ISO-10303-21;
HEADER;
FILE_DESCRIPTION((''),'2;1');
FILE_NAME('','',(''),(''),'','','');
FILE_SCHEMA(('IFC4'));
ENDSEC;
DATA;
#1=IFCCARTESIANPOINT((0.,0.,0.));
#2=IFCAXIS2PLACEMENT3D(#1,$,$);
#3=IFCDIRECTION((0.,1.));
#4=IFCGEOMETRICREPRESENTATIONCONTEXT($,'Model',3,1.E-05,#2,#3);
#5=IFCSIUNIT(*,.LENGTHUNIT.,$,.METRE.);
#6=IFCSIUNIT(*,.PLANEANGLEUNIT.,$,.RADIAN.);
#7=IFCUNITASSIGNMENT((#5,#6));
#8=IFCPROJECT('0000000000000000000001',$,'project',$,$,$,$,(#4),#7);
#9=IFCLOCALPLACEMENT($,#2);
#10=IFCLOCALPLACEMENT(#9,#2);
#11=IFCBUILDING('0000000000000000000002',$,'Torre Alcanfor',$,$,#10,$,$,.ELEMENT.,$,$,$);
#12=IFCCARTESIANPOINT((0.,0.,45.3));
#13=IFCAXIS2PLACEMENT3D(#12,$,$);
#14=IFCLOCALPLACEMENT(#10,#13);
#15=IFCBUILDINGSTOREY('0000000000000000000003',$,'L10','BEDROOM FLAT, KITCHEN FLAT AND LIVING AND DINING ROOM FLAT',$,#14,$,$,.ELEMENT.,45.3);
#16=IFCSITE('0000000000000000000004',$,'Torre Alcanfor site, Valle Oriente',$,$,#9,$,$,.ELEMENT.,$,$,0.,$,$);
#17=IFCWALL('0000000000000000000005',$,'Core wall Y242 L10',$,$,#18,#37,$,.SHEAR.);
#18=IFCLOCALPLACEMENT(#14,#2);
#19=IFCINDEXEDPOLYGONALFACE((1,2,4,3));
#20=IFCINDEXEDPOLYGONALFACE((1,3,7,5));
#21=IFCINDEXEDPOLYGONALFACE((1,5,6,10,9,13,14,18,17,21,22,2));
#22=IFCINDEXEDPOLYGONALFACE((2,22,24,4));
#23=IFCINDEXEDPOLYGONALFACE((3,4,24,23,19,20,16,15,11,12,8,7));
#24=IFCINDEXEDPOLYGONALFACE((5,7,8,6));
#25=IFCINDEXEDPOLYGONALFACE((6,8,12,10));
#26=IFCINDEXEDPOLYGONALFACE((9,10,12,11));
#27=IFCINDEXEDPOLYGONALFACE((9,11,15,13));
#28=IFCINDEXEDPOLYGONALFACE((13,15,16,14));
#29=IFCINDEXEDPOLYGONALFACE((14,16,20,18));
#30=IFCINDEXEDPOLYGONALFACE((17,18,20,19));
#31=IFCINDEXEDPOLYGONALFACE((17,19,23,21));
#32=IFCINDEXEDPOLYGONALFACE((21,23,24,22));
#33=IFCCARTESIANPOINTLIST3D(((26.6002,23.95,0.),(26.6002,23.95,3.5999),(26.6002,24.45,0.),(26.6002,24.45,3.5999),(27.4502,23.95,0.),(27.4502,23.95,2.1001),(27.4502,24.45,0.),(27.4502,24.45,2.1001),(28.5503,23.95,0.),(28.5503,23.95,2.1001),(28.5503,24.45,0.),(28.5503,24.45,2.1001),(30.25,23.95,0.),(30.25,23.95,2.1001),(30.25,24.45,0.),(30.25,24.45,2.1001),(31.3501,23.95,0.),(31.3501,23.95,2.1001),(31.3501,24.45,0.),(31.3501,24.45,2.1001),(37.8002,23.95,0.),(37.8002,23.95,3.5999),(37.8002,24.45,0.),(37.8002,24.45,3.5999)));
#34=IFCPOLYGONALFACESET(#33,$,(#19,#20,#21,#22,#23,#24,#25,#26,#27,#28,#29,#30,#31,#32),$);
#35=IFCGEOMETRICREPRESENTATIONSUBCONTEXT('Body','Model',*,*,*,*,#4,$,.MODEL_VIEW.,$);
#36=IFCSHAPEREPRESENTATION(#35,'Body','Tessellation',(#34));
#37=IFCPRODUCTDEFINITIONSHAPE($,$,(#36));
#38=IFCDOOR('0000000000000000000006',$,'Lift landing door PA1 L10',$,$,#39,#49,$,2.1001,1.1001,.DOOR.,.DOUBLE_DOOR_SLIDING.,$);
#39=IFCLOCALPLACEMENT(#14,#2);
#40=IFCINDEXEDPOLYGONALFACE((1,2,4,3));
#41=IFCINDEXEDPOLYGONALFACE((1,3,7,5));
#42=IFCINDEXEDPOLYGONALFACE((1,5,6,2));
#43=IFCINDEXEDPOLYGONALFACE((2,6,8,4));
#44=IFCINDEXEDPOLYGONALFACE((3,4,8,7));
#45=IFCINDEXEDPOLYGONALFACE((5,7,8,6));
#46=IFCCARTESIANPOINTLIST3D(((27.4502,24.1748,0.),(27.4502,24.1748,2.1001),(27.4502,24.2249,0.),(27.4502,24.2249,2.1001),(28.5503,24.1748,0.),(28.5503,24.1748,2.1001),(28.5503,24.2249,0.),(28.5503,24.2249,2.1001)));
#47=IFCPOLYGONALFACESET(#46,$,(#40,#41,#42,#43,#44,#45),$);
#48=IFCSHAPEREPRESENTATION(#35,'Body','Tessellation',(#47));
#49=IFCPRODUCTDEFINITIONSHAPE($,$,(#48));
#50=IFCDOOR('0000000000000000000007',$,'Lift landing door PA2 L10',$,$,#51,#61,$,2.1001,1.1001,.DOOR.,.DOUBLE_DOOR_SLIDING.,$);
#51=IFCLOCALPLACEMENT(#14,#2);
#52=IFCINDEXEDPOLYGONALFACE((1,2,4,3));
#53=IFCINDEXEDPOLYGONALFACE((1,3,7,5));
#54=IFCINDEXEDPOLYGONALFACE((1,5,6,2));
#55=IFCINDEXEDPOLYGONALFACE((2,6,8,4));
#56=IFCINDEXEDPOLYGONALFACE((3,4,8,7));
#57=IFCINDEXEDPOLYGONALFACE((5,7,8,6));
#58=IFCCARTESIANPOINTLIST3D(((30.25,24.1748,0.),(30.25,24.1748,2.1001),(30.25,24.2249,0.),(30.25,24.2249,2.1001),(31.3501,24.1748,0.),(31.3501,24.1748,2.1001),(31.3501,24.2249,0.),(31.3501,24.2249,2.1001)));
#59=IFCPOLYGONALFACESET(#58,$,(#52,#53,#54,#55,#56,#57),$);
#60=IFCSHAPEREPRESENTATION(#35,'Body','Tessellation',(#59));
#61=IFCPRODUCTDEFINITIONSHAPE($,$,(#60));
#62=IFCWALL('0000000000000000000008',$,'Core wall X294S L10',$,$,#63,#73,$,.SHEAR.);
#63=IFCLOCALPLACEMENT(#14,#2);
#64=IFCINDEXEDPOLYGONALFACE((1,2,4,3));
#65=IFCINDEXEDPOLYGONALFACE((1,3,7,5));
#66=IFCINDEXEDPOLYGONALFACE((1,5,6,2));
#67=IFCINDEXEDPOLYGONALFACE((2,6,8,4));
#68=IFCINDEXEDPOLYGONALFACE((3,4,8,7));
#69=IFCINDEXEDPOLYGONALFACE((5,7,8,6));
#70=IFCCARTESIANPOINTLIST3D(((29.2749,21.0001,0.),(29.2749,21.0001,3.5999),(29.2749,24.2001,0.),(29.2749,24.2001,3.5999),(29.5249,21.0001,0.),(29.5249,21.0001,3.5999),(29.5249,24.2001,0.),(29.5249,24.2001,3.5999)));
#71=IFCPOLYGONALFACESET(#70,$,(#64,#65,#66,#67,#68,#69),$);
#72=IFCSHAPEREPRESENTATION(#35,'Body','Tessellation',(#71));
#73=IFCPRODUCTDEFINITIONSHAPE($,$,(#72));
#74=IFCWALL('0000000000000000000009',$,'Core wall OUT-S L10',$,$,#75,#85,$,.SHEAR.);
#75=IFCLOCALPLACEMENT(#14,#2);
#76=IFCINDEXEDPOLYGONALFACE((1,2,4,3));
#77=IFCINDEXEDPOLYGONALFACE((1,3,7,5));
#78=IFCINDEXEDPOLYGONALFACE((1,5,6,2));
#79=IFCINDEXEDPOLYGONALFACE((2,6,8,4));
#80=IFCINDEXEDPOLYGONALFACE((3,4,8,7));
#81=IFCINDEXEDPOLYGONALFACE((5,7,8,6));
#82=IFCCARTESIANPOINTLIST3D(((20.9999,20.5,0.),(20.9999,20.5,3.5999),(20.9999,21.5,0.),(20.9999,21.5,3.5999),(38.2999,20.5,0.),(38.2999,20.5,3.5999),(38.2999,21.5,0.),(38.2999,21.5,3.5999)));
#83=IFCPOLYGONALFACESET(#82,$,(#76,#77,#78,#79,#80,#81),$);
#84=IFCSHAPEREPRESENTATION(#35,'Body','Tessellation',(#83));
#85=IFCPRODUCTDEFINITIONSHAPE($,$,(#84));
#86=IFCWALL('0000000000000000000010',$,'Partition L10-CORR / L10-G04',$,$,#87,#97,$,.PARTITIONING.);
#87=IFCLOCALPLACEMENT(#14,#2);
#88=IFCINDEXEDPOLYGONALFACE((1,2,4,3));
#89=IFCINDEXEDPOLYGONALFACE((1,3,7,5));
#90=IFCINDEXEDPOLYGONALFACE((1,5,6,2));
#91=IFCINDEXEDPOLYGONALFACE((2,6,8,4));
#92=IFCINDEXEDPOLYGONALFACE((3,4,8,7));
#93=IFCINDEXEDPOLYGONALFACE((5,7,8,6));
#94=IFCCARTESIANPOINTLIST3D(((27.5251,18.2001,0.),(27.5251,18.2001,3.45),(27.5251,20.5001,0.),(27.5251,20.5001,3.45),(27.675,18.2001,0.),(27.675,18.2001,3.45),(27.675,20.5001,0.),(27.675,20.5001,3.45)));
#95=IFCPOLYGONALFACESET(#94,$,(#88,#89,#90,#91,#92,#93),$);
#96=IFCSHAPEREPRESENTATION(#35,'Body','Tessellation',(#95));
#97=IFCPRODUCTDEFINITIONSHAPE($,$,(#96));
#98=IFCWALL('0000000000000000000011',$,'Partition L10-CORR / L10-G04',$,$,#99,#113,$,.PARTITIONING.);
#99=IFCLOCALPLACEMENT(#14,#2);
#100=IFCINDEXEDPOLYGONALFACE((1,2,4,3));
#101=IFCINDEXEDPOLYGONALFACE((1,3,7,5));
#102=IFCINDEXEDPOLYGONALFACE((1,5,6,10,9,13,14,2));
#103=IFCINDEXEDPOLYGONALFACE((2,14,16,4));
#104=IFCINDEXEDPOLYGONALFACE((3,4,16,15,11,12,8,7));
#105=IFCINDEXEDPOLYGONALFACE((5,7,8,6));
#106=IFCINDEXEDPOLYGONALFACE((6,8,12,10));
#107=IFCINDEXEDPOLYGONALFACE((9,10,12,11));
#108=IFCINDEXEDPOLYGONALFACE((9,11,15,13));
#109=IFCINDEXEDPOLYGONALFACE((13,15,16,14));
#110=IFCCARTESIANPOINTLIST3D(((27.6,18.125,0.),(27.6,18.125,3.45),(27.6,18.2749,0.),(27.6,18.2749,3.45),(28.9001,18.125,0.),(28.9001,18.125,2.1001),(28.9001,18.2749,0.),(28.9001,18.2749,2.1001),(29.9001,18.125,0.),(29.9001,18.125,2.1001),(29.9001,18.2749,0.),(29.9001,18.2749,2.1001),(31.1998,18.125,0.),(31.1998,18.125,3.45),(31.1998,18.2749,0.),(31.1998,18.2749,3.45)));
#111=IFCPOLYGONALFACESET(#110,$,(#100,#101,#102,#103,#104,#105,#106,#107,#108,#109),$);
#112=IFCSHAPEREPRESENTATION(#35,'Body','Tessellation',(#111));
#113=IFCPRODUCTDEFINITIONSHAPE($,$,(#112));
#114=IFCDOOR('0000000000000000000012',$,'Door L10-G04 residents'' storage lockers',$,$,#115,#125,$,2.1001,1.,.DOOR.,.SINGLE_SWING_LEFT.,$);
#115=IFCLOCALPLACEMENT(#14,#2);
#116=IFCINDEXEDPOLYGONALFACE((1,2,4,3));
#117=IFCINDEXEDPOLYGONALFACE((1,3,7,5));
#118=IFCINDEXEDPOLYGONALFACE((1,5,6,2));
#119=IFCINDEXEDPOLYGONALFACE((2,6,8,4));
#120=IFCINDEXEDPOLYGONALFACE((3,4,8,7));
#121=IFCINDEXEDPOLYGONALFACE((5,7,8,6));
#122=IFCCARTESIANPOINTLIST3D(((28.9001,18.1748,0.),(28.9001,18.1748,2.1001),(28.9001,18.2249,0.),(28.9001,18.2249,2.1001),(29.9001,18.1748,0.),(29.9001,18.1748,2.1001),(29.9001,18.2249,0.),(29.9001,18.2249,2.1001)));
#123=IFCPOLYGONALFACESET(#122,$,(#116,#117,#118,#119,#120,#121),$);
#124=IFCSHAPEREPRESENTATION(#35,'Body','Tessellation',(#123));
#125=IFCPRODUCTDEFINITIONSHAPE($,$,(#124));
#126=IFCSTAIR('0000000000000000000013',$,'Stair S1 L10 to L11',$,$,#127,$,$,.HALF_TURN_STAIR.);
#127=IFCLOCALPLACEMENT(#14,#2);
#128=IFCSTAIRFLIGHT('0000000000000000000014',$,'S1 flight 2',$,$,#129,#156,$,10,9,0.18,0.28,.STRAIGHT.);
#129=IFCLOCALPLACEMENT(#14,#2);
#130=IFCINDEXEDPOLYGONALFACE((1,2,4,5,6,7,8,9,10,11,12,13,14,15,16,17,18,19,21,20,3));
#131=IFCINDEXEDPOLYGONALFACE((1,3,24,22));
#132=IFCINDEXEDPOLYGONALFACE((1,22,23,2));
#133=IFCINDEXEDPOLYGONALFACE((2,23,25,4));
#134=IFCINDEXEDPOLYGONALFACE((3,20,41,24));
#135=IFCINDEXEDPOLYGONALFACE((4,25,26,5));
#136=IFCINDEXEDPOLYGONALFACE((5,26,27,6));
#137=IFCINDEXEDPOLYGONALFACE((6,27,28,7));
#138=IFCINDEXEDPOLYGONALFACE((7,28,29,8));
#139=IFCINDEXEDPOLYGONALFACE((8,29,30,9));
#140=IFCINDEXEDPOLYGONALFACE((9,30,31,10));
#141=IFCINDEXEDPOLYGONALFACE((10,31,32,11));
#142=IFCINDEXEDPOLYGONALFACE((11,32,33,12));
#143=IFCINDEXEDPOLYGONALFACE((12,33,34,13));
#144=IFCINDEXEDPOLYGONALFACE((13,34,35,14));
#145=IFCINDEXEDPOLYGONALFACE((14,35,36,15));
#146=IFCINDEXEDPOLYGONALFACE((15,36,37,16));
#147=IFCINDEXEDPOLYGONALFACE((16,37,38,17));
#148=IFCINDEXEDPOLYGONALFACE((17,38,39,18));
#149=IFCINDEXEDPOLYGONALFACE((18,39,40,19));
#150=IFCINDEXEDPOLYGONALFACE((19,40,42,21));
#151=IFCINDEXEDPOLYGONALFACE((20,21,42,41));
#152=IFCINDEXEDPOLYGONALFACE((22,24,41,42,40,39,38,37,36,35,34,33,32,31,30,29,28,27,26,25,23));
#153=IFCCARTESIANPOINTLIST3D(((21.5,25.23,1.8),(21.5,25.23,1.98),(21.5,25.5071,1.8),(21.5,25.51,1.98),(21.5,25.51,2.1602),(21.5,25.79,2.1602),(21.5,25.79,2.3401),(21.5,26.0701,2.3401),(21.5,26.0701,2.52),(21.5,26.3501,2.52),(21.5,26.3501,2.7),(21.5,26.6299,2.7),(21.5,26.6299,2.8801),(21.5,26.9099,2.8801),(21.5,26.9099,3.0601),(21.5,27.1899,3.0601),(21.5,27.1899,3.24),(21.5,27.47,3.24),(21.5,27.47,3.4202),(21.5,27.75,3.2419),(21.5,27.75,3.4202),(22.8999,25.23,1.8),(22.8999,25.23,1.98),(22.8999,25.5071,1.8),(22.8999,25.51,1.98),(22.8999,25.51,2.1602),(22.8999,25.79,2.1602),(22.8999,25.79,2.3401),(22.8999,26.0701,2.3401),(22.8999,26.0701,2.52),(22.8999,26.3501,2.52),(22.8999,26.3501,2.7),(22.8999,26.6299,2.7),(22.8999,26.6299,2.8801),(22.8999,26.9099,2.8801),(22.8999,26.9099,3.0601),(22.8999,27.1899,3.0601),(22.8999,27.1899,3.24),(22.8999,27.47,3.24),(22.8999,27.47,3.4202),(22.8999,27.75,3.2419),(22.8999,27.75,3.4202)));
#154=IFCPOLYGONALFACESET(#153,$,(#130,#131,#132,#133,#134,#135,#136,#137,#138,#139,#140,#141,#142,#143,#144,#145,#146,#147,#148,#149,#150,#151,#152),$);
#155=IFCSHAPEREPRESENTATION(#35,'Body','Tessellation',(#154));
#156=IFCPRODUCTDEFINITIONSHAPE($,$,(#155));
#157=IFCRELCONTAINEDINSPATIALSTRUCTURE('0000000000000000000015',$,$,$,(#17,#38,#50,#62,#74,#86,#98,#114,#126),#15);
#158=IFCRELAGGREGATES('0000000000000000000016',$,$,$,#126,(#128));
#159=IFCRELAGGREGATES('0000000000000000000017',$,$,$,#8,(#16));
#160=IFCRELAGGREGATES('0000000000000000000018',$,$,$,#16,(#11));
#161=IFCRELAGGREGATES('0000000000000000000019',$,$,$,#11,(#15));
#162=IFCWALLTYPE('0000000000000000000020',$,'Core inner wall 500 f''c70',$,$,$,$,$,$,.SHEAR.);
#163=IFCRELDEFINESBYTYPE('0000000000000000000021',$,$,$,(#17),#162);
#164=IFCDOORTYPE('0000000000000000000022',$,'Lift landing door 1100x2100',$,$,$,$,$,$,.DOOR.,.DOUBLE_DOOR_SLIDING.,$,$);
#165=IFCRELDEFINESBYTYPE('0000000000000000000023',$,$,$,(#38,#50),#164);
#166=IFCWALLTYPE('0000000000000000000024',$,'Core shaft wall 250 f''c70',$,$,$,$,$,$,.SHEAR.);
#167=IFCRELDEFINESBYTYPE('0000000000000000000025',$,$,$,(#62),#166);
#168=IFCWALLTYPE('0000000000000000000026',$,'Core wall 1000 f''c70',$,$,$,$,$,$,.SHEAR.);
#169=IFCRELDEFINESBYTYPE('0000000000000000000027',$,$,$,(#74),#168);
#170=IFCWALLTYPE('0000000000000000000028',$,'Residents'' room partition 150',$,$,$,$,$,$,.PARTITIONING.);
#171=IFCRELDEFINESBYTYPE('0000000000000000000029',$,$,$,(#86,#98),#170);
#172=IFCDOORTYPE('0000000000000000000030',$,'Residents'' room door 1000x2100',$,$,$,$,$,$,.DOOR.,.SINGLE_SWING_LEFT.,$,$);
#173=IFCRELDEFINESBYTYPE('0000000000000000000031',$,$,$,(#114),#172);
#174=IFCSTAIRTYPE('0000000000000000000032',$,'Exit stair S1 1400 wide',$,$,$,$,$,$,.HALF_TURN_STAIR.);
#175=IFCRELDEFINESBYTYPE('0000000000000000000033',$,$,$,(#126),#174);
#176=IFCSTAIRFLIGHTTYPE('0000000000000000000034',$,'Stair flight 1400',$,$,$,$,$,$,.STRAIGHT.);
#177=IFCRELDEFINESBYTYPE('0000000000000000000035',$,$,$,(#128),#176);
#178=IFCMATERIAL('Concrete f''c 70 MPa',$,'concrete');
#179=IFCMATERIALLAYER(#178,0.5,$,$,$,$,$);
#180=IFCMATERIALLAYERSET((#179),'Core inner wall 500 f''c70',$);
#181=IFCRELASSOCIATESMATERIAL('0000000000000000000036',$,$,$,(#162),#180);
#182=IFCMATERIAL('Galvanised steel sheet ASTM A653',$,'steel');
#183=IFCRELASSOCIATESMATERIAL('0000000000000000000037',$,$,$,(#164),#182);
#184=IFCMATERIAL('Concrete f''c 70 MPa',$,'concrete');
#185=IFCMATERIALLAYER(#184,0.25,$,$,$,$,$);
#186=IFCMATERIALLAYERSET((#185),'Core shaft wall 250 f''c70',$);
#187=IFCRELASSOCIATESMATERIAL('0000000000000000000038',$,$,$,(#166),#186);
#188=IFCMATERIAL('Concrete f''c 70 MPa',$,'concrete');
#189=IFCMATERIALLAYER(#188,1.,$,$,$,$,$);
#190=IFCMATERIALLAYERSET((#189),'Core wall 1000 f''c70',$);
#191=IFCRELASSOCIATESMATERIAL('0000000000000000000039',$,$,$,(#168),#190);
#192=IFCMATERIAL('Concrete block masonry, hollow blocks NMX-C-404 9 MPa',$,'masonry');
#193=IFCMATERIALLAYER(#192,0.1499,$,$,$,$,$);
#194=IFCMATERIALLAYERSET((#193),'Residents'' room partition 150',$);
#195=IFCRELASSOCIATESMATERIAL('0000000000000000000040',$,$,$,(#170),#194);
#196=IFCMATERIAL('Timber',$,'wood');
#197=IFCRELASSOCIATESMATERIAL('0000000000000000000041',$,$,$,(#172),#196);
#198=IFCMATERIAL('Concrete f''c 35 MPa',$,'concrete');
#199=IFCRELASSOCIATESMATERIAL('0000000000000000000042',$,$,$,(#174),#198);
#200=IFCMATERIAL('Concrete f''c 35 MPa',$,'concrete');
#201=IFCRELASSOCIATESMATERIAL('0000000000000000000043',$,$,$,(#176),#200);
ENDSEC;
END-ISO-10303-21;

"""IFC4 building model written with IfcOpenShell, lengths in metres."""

from ifc_helpers import new_model, si_unit, direction, frame, frame_2d, origin, place, context, subcontext, project, spatial, polyline, rectangle, outline, extrude, material, layer, layer_set, type_object, element, fill, aggregate, save


model = new_model("IFC4")

# Units and contexts
model_context = context("Model", 3, precision=1e-05, world=origin(), true_north=direction((0.0, 1.0)))
body_context = subcontext(model_context, "Body", "Model", "MODEL_VIEW")
ifc_project = project(units=[si_unit("LENGTHUNIT", "METRE"), si_unit("PLANEANGLEUNIT", "RADIAN")], contexts=[model_context])

# Site, building, storey
site_placement = place(None, origin())
site = spatial("IfcSite", under=ifc_project, at=site_placement, Name="Torre Alcanfor site, Valle Oriente", CompositionType="ELEMENT", RefElevation=0.0)
building_placement = place(site_placement, origin())
building = spatial("IfcBuilding", under=site, at=building_placement, Name="Torre Alcanfor", CompositionType="ELEMENT")
storey_placement = place(building_placement, frame((0.0, 0.0, 45.3)))
storey = spatial("IfcBuildingStorey", under=building, at=storey_placement, Name="L10", Description="BEDROOM FLAT, KITCHEN FLAT AND LIVING AND DINING ROOM FLAT", CompositionType="ELEMENT", Elevation=45.3)

# Shared definitions
ifc_material_1 = material(Name="Concrete f'c 70 MPa", Category="concrete")
ifc_layer_1 = layer(ifc_material_1, 0.5)
ifc_layer_set_1 = layer_set([ifc_layer_1], Name="Core inner wall 500 f'c70")
wall_type_1 = type_object("IfcWallType", Name="Core inner wall 500 f'c70", PredefinedType="SHEAR", material=ifc_layer_set_1)

# Wall, openings, doors
wall_1_placement = place(storey_placement, frame((26.6001, 24.2, 0.0), z_axis=(0.0, 0.0, 1.0), x_axis=(1.0, 0.0, 0.0)))
wall_1 = element("IfcWall", 1, at=wall_1_placement, inside=storey, type_object=wall_type_1, Name="Core wall Y242 L10", PredefinedType="SHEAR", context=body_context, shape_type="SweptSolid", body=[
    extrude(rectangle(XDim=11.2, YDim=0.5, at=frame_2d((5.6001, 0.0))), origin(), (0.0, 0.0, 1.0), 3.5999),
])
opening_1_placement = place(wall_1_placement, frame((0.8501, 0.0, 0.0)))
opening_1 = element("IfcOpeningElement", 2, at=opening_1_placement, cuts=wall_1, PredefinedType="OPENING", context=body_context, shape_type="SweptSolid", body=[
    extrude(rectangle(XDim=1.1001, YDim=2.1001, at=frame_2d((0.55, 1.05))), frame((0.0, 0.26, 0.0), z_axis=(0.0, -1.0, 0.0), x_axis=(1.0, 0.0, 0.0)), (0.0, 0.0, 1.0), 0.52),
])
opening_2_placement = place(wall_1_placement, frame((3.6499, 0.0, 0.0)))
opening_2 = element("IfcOpeningElement", 3, at=opening_2_placement, cuts=wall_1, PredefinedType="OPENING", context=body_context, shape_type="SweptSolid", body=[
    extrude(rectangle(XDim=1.1001, YDim=2.1001, at=frame_2d((0.55, 1.05))), frame((0.0, 0.26, 0.0), z_axis=(0.0, -1.0, 0.0), x_axis=(1.0, 0.0, 0.0)), (0.0, 0.0, 1.0), 0.52),
])
ifc_material_2 = material(Name="Galvanised steel sheet ASTM A653", Category="steel")
door_type_1 = type_object("IfcDoorType", Name="Lift landing door 1100x2100", OperationType="DOUBLE_DOOR_SLIDING", PredefinedType="DOOR", material=ifc_material_2)
door_1_placement = place(opening_1_placement, origin())
door_1 = element("IfcDoor", 4, at=door_1_placement, inside=storey, type_object=door_type_1, Name="Lift landing door PA1 L10", OperationType="DOUBLE_DOOR_SLIDING", OverallHeight=2.1001, OverallWidth=1.1001, PredefinedType="DOOR", context=body_context, shape_type="SweptSolid", body=[
    extrude(rectangle(XDim=1.1001, YDim=2.1001, at=frame_2d((0.55, 1.05))), frame((0.0, 0.0249, 0.0), z_axis=(0.0, -1.0, 0.0), x_axis=(1.0, 0.0, 0.0)), (0.0, 0.0, 1.0), 0.05),
])
fill(opening_1, door_1)
door_2_placement = place(opening_2_placement, origin())
door_2 = element("IfcDoor", 5, at=door_2_placement, inside=storey, type_object=door_type_1, Name="Lift landing door PA2 L10", OperationType="DOUBLE_DOOR_SLIDING", OverallHeight=2.1001, OverallWidth=1.1001, PredefinedType="DOOR", context=body_context, shape_type="SweptSolid", body=[
    extrude(rectangle(XDim=1.1001, YDim=2.1001, at=frame_2d((0.55, 1.05))), frame((0.0, 0.0249, 0.0), z_axis=(0.0, -1.0, 0.0), x_axis=(1.0, 0.0, 0.0)), (0.0, 0.0, 1.0), 0.05),
])
fill(opening_2, door_2)

# Walls
ifc_material_3 = material(Name="Concrete f'c 70 MPa", Category="concrete")
ifc_layer_2 = layer(ifc_material_3, 0.25)
ifc_layer_set_2 = layer_set([ifc_layer_2], Name="Core shaft wall 250 f'c70")
wall_type_2 = type_object("IfcWallType", Name="Core shaft wall 250 f'c70", PredefinedType="SHEAR", material=ifc_layer_set_2)
wall_2_placement = place(storey_placement, frame((29.3999, 21.0, 0.0), z_axis=(0.0, 0.0, 1.0), x_axis=(0.0, 1.0, 0.0)))
element("IfcWall", 6, at=wall_2_placement, inside=storey, type_object=wall_type_2, Name="Core wall X294S L10", PredefinedType="SHEAR", context=body_context, shape_type="SweptSolid", body=[
    extrude(rectangle(XDim=3.2, YDim=0.25, at=frame_2d((1.6001, 0.0))), origin(), (0.0, 0.0, 1.0), 3.5999),
])
ifc_material_4 = material(Name="Concrete f'c 70 MPa", Category="concrete")
ifc_layer_3 = layer(ifc_material_4, 1.0)
ifc_layer_set_3 = layer_set([ifc_layer_3], Name="Core wall 1000 f'c70")
wall_type_3 = type_object("IfcWallType", Name="Core wall 1000 f'c70", PredefinedType="SHEAR", material=ifc_layer_set_3)
wall_3_placement = place(storey_placement, frame((21.0, 21.0, 0.0), z_axis=(0.0, 0.0, 1.0), x_axis=(1.0, 0.0, 0.0)))
element("IfcWall", 7, at=wall_3_placement, inside=storey, type_object=wall_type_3, Name="Core wall OUT-S L10", PredefinedType="SHEAR", context=body_context, shape_type="SweptSolid", body=[
    extrude(rectangle(XDim=17.3, YDim=1.0, at=frame_2d((8.6499, 0.0))), origin(), (0.0, 0.0, 1.0), 3.5999),
])
ifc_material_5 = material(Name="Concrete block masonry, hollow blocks NMX-C-404 9 MPa", Category="masonry")
ifc_layer_4 = layer(ifc_material_5, 0.1499)
ifc_layer_set_4 = layer_set([ifc_layer_4], Name="Residents' room partition 150")
wall_type_4 = type_object("IfcWallType", Name="Residents' room partition 150", PredefinedType="PARTITIONING", material=ifc_layer_set_4)
wall_4_placement = place(storey_placement, frame((27.6001, 20.5, 0.0), z_axis=(0.0, 0.0, 1.0), x_axis=(0.0, -1.0, 0.0)))
element("IfcWall", 8, at=wall_4_placement, inside=storey, type_object=wall_type_4, Name="Partition L10-CORR / L10-G04", PredefinedType="PARTITIONING", context=body_context, shape_type="SweptSolid", body=[
    extrude(rectangle(XDim=2.3, YDim=0.1499, at=frame_2d((1.1499, 0.0))), origin(), (0.0, 0.0, 1.0), 3.45),
])

# Wall, opening, door
wall_5_placement = place(storey_placement, frame((27.6001, 18.2, 0.0), z_axis=(0.0, 0.0, 1.0), x_axis=(1.0, 0.0, 0.0)))
wall_5 = element("IfcWall", 9, at=wall_5_placement, inside=storey, type_object=wall_type_4, Name="Partition L10-CORR / L10-G04", PredefinedType="PARTITIONING", context=body_context, shape_type="SweptSolid", body=[
    extrude(rectangle(XDim=3.5999, YDim=0.1499, at=frame_2d((1.7998, 0.0))), origin(), (0.0, 0.0, 1.0), 3.45),
])
opening_3_placement = place(wall_5_placement, frame((1.3, 0.0, 0.0)))
opening_3 = element("IfcOpeningElement", 10, at=opening_3_placement, cuts=wall_5, PredefinedType="OPENING", context=body_context, shape_type="SweptSolid", body=[
    extrude(rectangle(XDim=1.0, YDim=2.1001, at=frame_2d((0.5, 1.05))), frame((0.0, 0.085, 0.0), z_axis=(0.0, -1.0, 0.0), x_axis=(1.0, 0.0, 0.0)), (0.0, 0.0, 1.0), 0.1699),
])
ifc_material_6 = material(Name="Timber", Category="wood")
door_type_2 = type_object("IfcDoorType", Name="Residents' room door 1000x2100", OperationType="SINGLE_SWING_LEFT", PredefinedType="DOOR", material=ifc_material_6)
door_3_placement = place(opening_3_placement, origin())
door_3 = element("IfcDoor", 11, at=door_3_placement, inside=storey, type_object=door_type_2, Name="Door L10-G04 residents' storage lockers", OperationType="SINGLE_SWING_LEFT", OverallHeight=2.1001, OverallWidth=1.0, PredefinedType="DOOR", context=body_context, shape_type="SweptSolid", body=[
    extrude(rectangle(XDim=1.0, YDim=2.1001, at=frame_2d((0.5, 1.05))), frame((0.0, 0.0249, 0.0), z_axis=(0.0, -1.0, 0.0), x_axis=(1.0, 0.0, 0.0)), (0.0, 0.0, 1.0), 0.05),
])
fill(opening_3, door_3)

# Stair, stair flight
ifc_material_7 = material(Name="Concrete f'c 35 MPa", Category="concrete")
stair_type = type_object("IfcStairType", Name="Exit stair S1 1400 wide", PredefinedType="HALF_TURN_STAIR", material=ifc_material_7)
stair_placement = place(storey_placement, origin())
stair = element("IfcStair", 12, at=stair_placement, inside=storey, type_object=stair_type, Name="Stair S1 L10 to L11", PredefinedType="HALF_TURN_STAIR")
ifc_material_8 = material(Name="Concrete f'c 35 MPa", Category="concrete")
stair_flight_type = type_object("IfcStairFlightType", Name="Stair flight 1400", PredefinedType="STRAIGHT", material=ifc_material_8)
stair_flight_placement = place(storey_placement, frame((22.2, 25.23, 1.8), z_axis=(0.0, 0.0, 1.0), x_axis=(0.0, 1.0, 0.0)))
stair_flight = element("IfcStairFlight", 13, at=stair_flight_placement, type_object=stair_flight_type, Name="S1 flight 2", NumberOfRisers=10, NumberOfTreads=9, PredefinedType="STRAIGHT", RiserHeight=0.18, TreadLength=0.28, context=body_context, shape_type="SweptSolid", body=[
    extrude(outline(polyline([(0.0, 0.0), (0.0, 0.1799), (0.28, 0.1799), (0.28, 0.3601), (0.5601, 0.3601), (0.5601, 0.54), (0.8401, 0.54), (0.8401, 0.72), (1.1201, 0.72), (1.1201, 0.8999), (1.3999, 0.8999), (1.3999, 1.0801), (1.6799, 1.0801), (1.6799, 1.26), (1.96, 1.26), (1.96, 1.4399), (2.24, 1.4399), (2.24, 1.6201), (2.52, 1.6201), (2.52, 1.8), (2.52, 1.4419), (0.2771, 0.0), (0.0, 0.0)])), frame((0.0, 0.7, 0.0), z_axis=(0.0, -1.0, 0.0), x_axis=(1.0, 0.0, 0.0)), (0.0, 0.0, 1.0), 1.3999),
])
aggregate(stair, [stair_flight])

save(model, "model.ifc")
